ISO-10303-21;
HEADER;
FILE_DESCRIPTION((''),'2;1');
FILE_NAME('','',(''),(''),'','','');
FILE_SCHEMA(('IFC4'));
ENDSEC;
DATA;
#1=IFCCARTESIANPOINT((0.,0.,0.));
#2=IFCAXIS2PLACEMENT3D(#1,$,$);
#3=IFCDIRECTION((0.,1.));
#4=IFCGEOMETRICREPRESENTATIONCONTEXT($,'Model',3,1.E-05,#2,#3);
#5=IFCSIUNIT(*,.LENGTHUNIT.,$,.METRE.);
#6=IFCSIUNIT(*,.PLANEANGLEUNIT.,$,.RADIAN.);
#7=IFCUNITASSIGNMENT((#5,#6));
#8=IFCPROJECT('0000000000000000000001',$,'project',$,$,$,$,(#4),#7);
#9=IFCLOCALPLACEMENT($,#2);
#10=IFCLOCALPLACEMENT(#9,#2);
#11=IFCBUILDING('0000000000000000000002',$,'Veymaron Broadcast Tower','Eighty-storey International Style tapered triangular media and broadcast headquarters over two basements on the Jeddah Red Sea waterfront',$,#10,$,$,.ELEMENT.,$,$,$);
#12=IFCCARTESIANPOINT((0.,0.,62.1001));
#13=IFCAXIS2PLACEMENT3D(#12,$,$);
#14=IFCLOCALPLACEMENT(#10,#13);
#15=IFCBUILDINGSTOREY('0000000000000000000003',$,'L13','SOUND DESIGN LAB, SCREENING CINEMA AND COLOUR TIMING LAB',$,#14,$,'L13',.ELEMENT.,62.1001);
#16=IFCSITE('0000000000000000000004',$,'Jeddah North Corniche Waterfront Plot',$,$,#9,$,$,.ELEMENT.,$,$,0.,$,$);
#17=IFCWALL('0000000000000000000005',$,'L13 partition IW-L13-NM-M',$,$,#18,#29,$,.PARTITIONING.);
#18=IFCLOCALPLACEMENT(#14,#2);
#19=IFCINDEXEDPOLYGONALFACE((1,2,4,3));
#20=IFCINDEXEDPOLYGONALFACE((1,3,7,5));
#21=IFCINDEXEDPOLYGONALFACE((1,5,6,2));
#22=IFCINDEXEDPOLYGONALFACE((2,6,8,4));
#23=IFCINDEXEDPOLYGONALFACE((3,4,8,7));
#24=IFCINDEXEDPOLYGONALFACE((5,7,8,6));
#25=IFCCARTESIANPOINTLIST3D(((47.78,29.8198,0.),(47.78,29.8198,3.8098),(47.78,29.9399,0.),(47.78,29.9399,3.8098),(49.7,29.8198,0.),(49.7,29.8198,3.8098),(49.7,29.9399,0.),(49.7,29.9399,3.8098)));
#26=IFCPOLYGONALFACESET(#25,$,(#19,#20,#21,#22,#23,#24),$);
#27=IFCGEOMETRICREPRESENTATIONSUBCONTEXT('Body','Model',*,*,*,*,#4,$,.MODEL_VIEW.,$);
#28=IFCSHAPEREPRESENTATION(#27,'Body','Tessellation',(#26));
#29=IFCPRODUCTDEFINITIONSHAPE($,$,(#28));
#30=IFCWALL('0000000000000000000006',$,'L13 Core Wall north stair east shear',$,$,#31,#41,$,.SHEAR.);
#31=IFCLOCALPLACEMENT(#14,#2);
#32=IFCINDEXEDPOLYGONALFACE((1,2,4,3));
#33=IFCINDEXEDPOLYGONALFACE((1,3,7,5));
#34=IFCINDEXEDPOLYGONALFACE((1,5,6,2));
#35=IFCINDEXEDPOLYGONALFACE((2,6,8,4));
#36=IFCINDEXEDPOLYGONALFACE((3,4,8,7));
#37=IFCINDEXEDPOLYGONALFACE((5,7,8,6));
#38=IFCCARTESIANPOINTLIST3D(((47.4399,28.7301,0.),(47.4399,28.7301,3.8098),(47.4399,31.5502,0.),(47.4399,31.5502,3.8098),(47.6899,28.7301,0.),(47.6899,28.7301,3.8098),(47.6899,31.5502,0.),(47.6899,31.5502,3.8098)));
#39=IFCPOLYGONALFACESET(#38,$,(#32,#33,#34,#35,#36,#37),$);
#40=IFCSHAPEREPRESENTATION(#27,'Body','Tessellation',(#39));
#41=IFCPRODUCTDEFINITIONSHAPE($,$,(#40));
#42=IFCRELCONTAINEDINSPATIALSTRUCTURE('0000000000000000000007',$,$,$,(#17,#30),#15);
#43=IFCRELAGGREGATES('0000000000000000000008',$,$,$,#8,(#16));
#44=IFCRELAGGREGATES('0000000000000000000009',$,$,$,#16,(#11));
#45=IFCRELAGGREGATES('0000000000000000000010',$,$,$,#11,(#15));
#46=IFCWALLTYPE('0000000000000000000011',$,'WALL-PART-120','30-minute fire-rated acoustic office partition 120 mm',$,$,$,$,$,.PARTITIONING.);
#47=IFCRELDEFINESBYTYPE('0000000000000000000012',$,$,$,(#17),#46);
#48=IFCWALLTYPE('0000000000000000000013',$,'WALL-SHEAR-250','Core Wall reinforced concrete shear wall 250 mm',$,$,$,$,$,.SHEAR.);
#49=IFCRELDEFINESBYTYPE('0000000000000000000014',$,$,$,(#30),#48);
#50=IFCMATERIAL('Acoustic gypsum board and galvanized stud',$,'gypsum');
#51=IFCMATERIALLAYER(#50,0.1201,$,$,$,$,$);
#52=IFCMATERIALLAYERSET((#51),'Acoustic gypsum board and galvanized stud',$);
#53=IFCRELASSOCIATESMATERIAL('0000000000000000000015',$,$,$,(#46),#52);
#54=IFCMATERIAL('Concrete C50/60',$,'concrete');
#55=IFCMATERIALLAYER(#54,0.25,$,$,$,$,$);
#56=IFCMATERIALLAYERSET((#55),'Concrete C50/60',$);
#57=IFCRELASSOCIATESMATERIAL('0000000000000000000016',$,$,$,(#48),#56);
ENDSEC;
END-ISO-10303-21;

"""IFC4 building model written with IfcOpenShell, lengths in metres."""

from ifc_helpers import new_model, si_unit, direction, frame, frame_2d, origin, place, context, subcontext, project, spatial, rectangle, extrude, material, layer, layer_set, type_object, element, save


model = new_model("IFC4")

# Units and contexts
model_context = context("Model", 3, precision=1e-05, world=origin(), true_north=direction((0.0, 1.0)))
body_context = subcontext(model_context, "Body", "Model", "MODEL_VIEW")
ifc_project = project(units=[si_unit("LENGTHUNIT", "METRE"), si_unit("PLANEANGLEUNIT", "RADIAN")], contexts=[model_context])

# Site, building, storey
site_placement = place(None, origin())
site = spatial("IfcSite", under=ifc_project, at=site_placement, Name="Jeddah North Corniche Waterfront Plot", CompositionType="ELEMENT", RefElevation=0.0)
building_placement = place(site_placement, origin())
building = spatial("IfcBuilding", under=site, at=building_placement, Name="Veymaron Broadcast Tower", Description="Eighty-storey International Style tapered triangular media and broadcast headquarters over two basements on the Jeddah Red Sea waterfront", CompositionType="ELEMENT")
storey_placement = place(building_placement, frame((0.0, 0.0, 62.1001)))
storey = spatial("IfcBuildingStorey", under=building, at=storey_placement, Name="L13", Description="SOUND DESIGN LAB, SCREENING CINEMA AND COLOUR TIMING LAB", LongName="L13", CompositionType="ELEMENT", Elevation=62.1001)

# Wall
ifc_material_1 = material(Name="Acoustic gypsum board and galvanized stud", Category="gypsum")
ifc_layer_1 = layer(ifc_material_1, 0.1201)
ifc_layer_set_1 = layer_set([ifc_layer_1], Name="Acoustic gypsum board and galvanized stud")
wall_type_1 = type_object("IfcWallType", Name="WALL-PART-120", Description="30-minute fire-rated acoustic office partition 120 mm", PredefinedType="PARTITIONING", material=ifc_layer_set_1)
wall_1_placement = place(storey_placement, frame((47.78, 29.8799, 0.0), z_axis=(0.0, 0.0, 1.0), x_axis=(1.0, 0.0, 0.0)))
element("IfcWall", 1, at=wall_1_placement, inside=storey, type_object=wall_type_1, Name="L13 partition IW-L13-NM-M", PredefinedType="PARTITIONING", context=body_context, shape_type="SweptSolid", body=[
    extrude(rectangle(XDim=1.9199, YDim=0.1201, at=frame_2d((0.96, 0.0))), origin(), (0.0, 0.0, 1.0), 3.8098),
])

# Wall
ifc_material_2 = material(Name="Concrete C50/60", Category="concrete")
ifc_layer_2 = layer(ifc_material_2, 0.25)
ifc_layer_set_2 = layer_set([ifc_layer_2], Name="Concrete C50/60")
wall_type_2 = type_object("IfcWallType", Name="WALL-SHEAR-250", Description="Core Wall reinforced concrete shear wall 250 mm", PredefinedType="SHEAR", material=ifc_layer_set_2)
wall_2_placement = place(storey_placement, frame((47.5649, 28.73, 0.0), z_axis=(0.0, 0.0, 1.0), x_axis=(0.0, 1.0, 0.0)))
element("IfcWall", 2, at=wall_2_placement, inside=storey, type_object=wall_type_2, Name="L13 Core Wall north stair east shear", PredefinedType="SHEAR", context=body_context, shape_type="SweptSolid", body=[
    extrude(rectangle(XDim=2.8201, YDim=0.25, at=frame_2d((1.4102, 0.0))), origin(), (0.0, 0.0, 1.0), 3.8098),
])

save(model, "model.ifc")
